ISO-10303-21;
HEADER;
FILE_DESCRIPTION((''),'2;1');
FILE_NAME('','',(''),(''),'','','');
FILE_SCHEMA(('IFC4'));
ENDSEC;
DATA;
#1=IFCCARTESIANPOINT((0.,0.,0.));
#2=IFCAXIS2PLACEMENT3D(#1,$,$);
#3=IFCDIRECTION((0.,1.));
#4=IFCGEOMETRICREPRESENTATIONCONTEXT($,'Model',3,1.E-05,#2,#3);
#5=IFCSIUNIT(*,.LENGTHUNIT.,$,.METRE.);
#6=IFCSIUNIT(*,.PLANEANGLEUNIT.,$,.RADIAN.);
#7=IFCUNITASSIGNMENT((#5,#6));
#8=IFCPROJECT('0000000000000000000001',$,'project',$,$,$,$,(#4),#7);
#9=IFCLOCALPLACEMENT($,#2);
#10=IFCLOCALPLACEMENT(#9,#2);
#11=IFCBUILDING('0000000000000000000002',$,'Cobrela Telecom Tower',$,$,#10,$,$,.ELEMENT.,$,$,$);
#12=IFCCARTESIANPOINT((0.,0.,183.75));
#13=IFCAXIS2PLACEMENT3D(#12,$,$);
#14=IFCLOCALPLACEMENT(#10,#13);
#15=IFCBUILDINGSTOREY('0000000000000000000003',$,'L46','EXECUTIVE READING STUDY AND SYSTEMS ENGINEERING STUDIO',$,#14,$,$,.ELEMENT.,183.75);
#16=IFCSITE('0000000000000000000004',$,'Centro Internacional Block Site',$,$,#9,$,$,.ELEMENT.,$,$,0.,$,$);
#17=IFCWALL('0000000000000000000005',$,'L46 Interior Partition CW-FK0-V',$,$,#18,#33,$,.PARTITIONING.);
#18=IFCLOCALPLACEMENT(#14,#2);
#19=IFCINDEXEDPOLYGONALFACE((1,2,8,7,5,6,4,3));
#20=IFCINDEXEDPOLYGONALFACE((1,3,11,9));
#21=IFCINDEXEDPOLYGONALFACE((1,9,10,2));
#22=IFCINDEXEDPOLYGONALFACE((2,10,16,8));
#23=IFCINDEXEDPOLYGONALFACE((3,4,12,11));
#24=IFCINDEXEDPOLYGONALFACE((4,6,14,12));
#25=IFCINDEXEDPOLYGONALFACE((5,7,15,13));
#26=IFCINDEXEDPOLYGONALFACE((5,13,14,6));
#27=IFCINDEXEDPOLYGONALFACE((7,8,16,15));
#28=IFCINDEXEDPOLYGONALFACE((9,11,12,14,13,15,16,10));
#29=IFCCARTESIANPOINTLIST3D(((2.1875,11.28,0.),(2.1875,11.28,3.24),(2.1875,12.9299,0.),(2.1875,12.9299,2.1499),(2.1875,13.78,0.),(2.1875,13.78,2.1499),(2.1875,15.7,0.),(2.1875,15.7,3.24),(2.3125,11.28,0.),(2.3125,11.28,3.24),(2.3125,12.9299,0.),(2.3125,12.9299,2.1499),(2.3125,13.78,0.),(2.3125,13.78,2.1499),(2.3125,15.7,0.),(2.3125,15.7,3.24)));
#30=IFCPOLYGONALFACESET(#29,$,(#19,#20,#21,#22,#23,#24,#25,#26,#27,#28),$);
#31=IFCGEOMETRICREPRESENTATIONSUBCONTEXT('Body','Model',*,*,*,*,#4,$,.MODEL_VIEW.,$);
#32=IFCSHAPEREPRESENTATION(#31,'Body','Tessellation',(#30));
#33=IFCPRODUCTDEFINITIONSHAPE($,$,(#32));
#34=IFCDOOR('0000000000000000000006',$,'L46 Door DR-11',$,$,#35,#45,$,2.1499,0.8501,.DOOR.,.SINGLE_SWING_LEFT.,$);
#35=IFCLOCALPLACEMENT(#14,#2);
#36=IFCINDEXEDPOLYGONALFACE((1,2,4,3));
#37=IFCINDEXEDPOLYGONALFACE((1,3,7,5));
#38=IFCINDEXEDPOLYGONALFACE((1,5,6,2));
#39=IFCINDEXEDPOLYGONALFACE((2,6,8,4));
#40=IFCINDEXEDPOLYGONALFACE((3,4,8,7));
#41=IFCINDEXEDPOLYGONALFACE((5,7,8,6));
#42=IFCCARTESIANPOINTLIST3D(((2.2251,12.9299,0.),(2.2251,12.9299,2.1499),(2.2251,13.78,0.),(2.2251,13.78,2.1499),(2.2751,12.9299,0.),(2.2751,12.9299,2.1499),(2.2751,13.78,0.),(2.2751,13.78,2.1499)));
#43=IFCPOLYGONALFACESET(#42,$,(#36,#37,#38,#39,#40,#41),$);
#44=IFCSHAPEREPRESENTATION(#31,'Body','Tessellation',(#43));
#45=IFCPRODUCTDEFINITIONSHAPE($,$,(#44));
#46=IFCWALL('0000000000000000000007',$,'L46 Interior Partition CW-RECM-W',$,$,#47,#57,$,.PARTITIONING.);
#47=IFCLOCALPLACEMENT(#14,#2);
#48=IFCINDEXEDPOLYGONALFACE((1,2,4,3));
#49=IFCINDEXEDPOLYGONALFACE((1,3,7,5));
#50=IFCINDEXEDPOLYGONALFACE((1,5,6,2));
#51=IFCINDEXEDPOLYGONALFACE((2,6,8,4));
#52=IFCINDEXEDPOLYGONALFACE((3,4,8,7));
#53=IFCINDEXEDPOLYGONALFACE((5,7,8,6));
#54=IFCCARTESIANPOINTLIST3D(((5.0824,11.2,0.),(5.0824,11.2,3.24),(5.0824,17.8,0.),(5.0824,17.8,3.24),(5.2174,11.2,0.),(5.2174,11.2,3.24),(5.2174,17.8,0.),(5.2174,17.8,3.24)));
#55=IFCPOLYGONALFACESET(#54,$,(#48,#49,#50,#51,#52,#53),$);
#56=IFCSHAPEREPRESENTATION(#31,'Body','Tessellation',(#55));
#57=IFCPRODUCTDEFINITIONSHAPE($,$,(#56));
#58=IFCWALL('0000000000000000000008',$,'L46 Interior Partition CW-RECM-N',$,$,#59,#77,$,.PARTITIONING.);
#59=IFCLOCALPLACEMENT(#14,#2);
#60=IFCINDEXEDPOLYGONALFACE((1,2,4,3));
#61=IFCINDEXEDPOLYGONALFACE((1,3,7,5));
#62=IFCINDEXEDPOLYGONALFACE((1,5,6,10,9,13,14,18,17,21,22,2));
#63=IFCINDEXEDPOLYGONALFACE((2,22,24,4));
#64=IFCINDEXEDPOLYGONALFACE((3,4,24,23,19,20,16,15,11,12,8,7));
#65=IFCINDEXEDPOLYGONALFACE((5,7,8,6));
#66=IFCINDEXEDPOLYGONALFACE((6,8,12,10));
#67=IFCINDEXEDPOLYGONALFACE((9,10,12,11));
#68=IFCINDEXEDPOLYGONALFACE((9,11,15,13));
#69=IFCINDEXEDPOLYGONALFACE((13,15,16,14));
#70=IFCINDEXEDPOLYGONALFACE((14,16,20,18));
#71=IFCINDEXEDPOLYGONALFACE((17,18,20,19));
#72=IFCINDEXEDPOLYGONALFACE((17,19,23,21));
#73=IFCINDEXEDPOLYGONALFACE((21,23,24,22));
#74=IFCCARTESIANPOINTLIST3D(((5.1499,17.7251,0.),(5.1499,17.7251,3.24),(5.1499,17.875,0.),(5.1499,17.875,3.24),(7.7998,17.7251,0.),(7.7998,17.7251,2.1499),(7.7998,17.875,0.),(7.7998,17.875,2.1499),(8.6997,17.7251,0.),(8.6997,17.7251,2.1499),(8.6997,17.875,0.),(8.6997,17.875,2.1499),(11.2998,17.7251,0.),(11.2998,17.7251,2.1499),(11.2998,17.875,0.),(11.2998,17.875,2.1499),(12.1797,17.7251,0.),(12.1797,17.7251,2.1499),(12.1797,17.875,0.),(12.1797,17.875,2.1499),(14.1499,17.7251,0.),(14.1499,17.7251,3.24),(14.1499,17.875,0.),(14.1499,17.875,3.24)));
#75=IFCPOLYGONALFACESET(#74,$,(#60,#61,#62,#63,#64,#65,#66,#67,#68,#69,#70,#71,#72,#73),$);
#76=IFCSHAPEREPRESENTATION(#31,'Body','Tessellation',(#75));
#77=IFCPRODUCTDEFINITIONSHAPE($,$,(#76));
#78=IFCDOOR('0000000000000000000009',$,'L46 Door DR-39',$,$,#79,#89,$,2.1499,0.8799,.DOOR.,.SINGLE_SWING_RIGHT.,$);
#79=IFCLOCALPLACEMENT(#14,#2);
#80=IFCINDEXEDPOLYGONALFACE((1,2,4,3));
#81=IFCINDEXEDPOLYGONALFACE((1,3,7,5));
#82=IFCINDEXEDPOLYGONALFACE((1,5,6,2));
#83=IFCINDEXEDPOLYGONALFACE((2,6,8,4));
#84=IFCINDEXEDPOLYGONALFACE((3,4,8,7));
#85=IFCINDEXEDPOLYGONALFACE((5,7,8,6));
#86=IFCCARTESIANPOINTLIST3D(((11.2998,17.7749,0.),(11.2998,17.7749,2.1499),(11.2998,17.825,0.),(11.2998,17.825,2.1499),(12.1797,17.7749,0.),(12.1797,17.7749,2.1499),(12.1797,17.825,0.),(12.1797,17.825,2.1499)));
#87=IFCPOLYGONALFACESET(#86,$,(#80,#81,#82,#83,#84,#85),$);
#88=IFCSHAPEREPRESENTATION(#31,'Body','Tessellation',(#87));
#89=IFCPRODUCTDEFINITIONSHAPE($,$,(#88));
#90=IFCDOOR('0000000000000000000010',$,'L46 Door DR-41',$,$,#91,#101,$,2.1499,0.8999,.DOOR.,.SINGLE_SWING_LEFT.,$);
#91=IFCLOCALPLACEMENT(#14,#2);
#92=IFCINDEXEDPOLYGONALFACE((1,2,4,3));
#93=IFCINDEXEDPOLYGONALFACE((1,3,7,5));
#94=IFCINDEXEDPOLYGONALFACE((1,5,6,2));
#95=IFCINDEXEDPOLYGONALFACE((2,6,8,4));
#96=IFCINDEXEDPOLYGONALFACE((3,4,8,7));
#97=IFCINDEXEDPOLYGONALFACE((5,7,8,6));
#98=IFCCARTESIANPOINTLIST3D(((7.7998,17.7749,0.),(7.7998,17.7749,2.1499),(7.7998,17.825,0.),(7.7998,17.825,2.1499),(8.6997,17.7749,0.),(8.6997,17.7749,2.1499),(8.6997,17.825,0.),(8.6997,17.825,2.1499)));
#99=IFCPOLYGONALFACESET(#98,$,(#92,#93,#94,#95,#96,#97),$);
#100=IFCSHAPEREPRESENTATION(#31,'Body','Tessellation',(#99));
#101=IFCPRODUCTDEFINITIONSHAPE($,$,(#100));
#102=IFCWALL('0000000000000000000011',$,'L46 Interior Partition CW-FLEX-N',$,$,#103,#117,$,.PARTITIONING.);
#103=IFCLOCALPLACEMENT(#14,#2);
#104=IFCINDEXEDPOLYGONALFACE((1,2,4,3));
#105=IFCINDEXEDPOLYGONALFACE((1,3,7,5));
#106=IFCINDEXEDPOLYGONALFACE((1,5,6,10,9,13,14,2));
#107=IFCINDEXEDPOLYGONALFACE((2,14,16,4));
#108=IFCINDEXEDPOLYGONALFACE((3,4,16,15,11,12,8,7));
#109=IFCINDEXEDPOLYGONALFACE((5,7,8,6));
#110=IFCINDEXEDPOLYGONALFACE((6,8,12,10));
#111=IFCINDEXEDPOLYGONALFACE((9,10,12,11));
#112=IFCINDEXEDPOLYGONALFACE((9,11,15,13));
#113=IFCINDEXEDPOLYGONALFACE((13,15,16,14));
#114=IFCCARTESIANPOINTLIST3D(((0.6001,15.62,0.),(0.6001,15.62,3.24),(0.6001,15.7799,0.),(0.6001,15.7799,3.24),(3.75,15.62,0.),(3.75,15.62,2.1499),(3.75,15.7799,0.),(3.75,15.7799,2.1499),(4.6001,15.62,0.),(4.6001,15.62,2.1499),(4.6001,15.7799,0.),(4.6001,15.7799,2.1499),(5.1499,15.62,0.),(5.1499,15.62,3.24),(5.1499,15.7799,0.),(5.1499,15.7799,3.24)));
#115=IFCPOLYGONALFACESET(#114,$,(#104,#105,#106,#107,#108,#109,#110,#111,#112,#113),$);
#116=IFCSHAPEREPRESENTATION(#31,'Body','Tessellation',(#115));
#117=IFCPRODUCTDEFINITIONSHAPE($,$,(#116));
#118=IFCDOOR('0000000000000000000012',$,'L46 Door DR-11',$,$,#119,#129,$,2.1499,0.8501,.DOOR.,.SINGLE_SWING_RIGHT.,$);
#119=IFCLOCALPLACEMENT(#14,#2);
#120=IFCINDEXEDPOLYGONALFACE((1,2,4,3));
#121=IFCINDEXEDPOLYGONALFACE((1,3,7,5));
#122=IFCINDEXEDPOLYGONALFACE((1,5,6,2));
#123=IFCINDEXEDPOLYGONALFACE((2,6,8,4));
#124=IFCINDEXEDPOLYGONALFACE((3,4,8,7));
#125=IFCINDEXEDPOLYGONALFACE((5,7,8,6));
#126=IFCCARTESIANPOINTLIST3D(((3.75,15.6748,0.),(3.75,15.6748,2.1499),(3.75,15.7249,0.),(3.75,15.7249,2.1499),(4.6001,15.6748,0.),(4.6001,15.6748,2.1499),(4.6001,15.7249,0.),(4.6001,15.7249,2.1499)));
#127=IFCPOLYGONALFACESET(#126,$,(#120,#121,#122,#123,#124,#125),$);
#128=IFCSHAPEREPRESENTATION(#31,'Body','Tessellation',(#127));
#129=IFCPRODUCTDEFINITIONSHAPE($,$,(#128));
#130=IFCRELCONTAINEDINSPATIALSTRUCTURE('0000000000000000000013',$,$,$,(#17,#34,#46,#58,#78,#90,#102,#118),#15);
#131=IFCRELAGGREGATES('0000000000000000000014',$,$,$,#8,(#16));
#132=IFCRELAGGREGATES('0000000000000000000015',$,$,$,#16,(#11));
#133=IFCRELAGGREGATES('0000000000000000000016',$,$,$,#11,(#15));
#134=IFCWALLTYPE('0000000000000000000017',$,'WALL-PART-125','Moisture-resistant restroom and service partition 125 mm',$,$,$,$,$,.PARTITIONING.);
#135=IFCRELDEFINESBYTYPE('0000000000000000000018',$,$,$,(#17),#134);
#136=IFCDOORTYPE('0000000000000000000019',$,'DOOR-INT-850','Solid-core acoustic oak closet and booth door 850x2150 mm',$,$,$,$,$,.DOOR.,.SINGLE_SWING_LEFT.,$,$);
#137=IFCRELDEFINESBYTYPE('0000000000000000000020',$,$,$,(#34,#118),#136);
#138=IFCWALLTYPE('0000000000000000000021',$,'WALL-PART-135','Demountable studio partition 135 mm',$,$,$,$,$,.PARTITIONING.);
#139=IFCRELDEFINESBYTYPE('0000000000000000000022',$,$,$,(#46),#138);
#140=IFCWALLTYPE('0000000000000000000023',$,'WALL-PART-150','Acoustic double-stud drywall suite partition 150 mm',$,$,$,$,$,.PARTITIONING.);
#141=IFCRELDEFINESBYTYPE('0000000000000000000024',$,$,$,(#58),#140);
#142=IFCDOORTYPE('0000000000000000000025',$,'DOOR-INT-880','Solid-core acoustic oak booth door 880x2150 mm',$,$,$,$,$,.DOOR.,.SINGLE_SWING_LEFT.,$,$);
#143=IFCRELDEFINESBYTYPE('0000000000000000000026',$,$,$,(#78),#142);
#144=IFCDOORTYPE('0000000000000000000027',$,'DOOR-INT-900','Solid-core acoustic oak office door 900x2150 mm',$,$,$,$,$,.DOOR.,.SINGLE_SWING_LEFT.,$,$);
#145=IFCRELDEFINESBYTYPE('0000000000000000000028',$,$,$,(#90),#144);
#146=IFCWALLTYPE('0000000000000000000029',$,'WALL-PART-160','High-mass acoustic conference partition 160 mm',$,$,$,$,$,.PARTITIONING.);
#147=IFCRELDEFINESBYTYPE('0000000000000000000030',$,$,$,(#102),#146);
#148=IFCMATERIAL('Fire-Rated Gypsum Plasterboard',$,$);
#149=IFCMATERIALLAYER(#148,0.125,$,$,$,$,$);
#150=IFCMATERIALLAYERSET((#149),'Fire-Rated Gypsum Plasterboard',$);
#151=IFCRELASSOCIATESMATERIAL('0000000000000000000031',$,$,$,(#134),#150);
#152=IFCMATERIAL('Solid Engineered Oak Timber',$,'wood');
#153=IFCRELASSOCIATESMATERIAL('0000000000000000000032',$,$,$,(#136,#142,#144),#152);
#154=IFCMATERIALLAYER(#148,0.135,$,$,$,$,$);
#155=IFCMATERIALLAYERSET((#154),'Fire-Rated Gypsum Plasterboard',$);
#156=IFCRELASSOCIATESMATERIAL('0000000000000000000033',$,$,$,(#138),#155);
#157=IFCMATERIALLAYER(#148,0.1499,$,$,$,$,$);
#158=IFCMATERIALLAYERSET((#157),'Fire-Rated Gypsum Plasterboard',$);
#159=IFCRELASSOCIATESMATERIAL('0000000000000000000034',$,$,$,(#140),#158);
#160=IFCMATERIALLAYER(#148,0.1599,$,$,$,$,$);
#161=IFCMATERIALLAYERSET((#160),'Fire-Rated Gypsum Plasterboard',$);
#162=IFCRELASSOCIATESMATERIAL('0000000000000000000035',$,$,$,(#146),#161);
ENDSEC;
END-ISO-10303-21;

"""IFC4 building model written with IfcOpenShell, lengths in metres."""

from ifc_helpers import new_model, si_unit, direction, frame, frame_2d, origin, place, context, subcontext, project, spatial, rectangle, extrude, material, layer, layer_set, type_object, element, fill, save


model = new_model("IFC4")

# Units and contexts
model_context = context("Model", 3, precision=1e-05, world=origin(), true_north=direction((0.0, 1.0)))
body_context = subcontext(model_context, "Body", "Model", "MODEL_VIEW")
ifc_project = project(units=[si_unit("LENGTHUNIT", "METRE"), si_unit("PLANEANGLEUNIT", "RADIAN")], contexts=[model_context])

# Site, building, storey
site_placement = place(None, origin())
site = spatial("IfcSite", under=ifc_project, at=site_placement, Name="Centro Internacional Block Site", CompositionType="ELEMENT", RefElevation=0.0)
building_placement = place(site_placement, origin())
building = spatial("IfcBuilding", under=site, at=building_placement, Name="Cobrela Telecom Tower", CompositionType="ELEMENT")
storey_placement = place(building_placement, frame((0.0, 0.0, 183.75)))
storey = spatial("IfcBuildingStorey", under=building, at=storey_placement, Name="L46", Description="EXECUTIVE READING STUDY AND SYSTEMS ENGINEERING STUDIO", CompositionType="ELEMENT", Elevation=183.75)

# Wall, opening, door
ifc_material_1 = material(Name="Fire-Rated Gypsum Plasterboard")
ifc_layer_1 = layer(ifc_material_1, 0.125)
ifc_layer_set_1 = layer_set([ifc_layer_1], Name="Fire-Rated Gypsum Plasterboard")
wall_type_1 = type_object("IfcWallType", Name="WALL-PART-125", Description="Moisture-resistant restroom and service partition 125 mm", PredefinedType="PARTITIONING", material=ifc_layer_set_1)
wall_1_placement = place(storey_placement, frame((2.25, 11.28, 0.0), z_axis=(0.0, 0.0, 1.0), x_axis=(0.0, 1.0, 0.0)))
wall_1 = element("IfcWall", 1, at=wall_1_placement, inside=storey, type_object=wall_type_1, Name="L46 Interior Partition CW-FK0-V", PredefinedType="PARTITIONING", context=body_context, shape_type="SweptSolid", body=[
    extrude(rectangle(XDim=4.4199, YDim=0.125, at=frame_2d((2.21, 0.0))), origin(), (0.0, 0.0, 1.0), 3.24),
])
opening_1_placement = place(wall_1_placement, frame((1.6499, 0.0, 0.0)))
opening_1 = element("IfcOpeningElement", 2, at=opening_1_placement, cuts=wall_1, PredefinedType="OPENING", context=body_context, shape_type="SweptSolid", body=[
    extrude(rectangle(XDim=0.8501, YDim=2.1499, at=frame_2d((0.425, 1.075))), frame((0.0, 0.0745, 0.0), z_axis=(0.0, -1.0, 0.0), x_axis=(1.0, 0.0, 0.0)), (0.0, 0.0, 1.0), 0.1489),
])
ifc_material_2 = material(Name="Solid Engineered Oak Timber", Category="wood")
door_type_1 = type_object("IfcDoorType", Name="DOOR-INT-850", Description="Solid-core acoustic oak closet and booth door 850x2150 mm", OperationType="SINGLE_SWING_LEFT", PredefinedType="DOOR", material=ifc_material_2)
door_1_placement = place(opening_1_placement, origin())
door_1 = element("IfcDoor", 3, at=door_1_placement, inside=storey, type_object=door_type_1, Name="L46 Door DR-11", OperationType="SINGLE_SWING_LEFT", OverallHeight=2.1499, OverallWidth=0.8501, PredefinedType="DOOR", context=body_context, shape_type="SweptSolid", body=[
    extrude(rectangle(XDim=0.8501, YDim=2.1499, at=frame_2d((0.425, 1.075))), frame((0.0, 0.0249, 0.0), z_axis=(0.0, -1.0, 0.0), x_axis=(1.0, 0.0, 0.0)), (0.0, 0.0, 1.0), 0.05),
])
fill(opening_1, door_1)

# Wall
ifc_layer_2 = layer(ifc_material_1, 0.135)
ifc_layer_set_2 = layer_set([ifc_layer_2], Name="Fire-Rated Gypsum Plasterboard")
wall_type_2 = type_object("IfcWallType", Name="WALL-PART-135", Description="Demountable studio partition 135 mm", PredefinedType="PARTITIONING", material=ifc_layer_set_2)
wall_2_placement = place(storey_placement, frame((5.1499, 11.2, 0.0), z_axis=(0.0, 0.0, 1.0), x_axis=(0.0, 1.0, 0.0)))
element("IfcWall", 4, at=wall_2_placement, inside=storey, type_object=wall_type_2, Name="L46 Interior Partition CW-RECM-W", PredefinedType="PARTITIONING", context=body_context, shape_type="SweptSolid", body=[
    extrude(rectangle(XDim=6.6001, YDim=0.135, at=frame_2d((3.3, 0.0))), origin(), (0.0, 0.0, 1.0), 3.24),
])

# Wall, openings, doors
ifc_layer_3 = layer(ifc_material_1, 0.1499)
ifc_layer_set_3 = layer_set([ifc_layer_3], Name="Fire-Rated Gypsum Plasterboard")
wall_type_3 = type_object("IfcWallType", Name="WALL-PART-150", Description="Acoustic double-stud drywall suite partition 150 mm", PredefinedType="PARTITIONING", material=ifc_layer_set_3)
wall_3_placement = place(storey_placement, frame((5.1499, 17.8, 0.0), z_axis=(0.0, 0.0, 1.0), x_axis=(1.0, 0.0, 0.0)))
wall_3 = element("IfcWall", 5, at=wall_3_placement, inside=storey, type_object=wall_type_3, Name="L46 Interior Partition CW-RECM-N", PredefinedType="PARTITIONING", context=body_context, shape_type="SweptSolid", body=[
    extrude(rectangle(XDim=9.0, YDim=0.1499, at=frame_2d((4.5, 0.0))), origin(), (0.0, 0.0, 1.0), 3.24),
])
opening_2_placement = place(wall_3_placement, frame((2.6499, 0.0, 0.0)))
opening_2 = element("IfcOpeningElement", 6, at=opening_2_placement, cuts=wall_3, PredefinedType="OPENING", context=body_context, shape_type="SweptSolid", body=[
    extrude(rectangle(XDim=0.8999, YDim=2.1499, at=frame_2d((0.45, 1.075))), frame((0.0, 0.0869, 0.0), z_axis=(0.0, -1.0, 0.0), x_axis=(1.0, 0.0, 0.0)), (0.0, 0.0, 1.0), 0.1738),
])
opening_3_placement = place(wall_3_placement, frame((6.1499, 0.0, 0.0)))
opening_3 = element("IfcOpeningElement", 7, at=opening_3_placement, cuts=wall_3, PredefinedType="OPENING", context=body_context, shape_type="SweptSolid", body=[
    extrude(rectangle(XDim=0.8799, YDim=2.1499, at=frame_2d((0.4399, 1.075))), frame((0.0, 0.0869, 0.0), z_axis=(0.0, -1.0, 0.0), x_axis=(1.0, 0.0, 0.0)), (0.0, 0.0, 1.0), 0.1738),
])
door_type_2 = type_object("IfcDoorType", Name="DOOR-INT-880", Description="Solid-core acoustic oak booth door 880x2150 mm", OperationType="SINGLE_SWING_LEFT", PredefinedType="DOOR", material=ifc_material_2)
door_2_placement = place(opening_3_placement, origin())
door_2 = element("IfcDoor", 8, at=door_2_placement, inside=storey, type_object=door_type_2, Name="L46 Door DR-39", OperationType="SINGLE_SWING_RIGHT", OverallHeight=2.1499, OverallWidth=0.8799, PredefinedType="DOOR", context=body_context, shape_type="SweptSolid", body=[
    extrude(rectangle(XDim=0.8799, YDim=2.1499, at=frame_2d((0.4399, 1.075))), frame((0.0, 0.0249, 0.0), z_axis=(0.0, -1.0, 0.0), x_axis=(1.0, 0.0, 0.0)), (0.0, 0.0, 1.0), 0.05),
])
fill(opening_3, door_2)
door_type_3 = type_object("IfcDoorType", Name="DOOR-INT-900", Description="Solid-core acoustic oak office door 900x2150 mm", OperationType="SINGLE_SWING_LEFT", PredefinedType="DOOR", material=ifc_material_2)
door_3_placement = place(opening_2_placement, origin())
door_3 = element("IfcDoor", 9, at=door_3_placement, inside=storey, type_object=door_type_3, Name="L46 Door DR-41", OperationType="SINGLE_SWING_LEFT", OverallHeight=2.1499, OverallWidth=0.8999, PredefinedType="DOOR", context=body_context, shape_type="SweptSolid", body=[
    extrude(rectangle(XDim=0.8999, YDim=2.1499, at=frame_2d((0.45, 1.075))), frame((0.0, 0.0249, 0.0), z_axis=(0.0, -1.0, 0.0), x_axis=(1.0, 0.0, 0.0)), (0.0, 0.0, 1.0), 0.05),
])
fill(opening_2, door_3)

# Wall, opening, door
ifc_layer_4 = layer(ifc_material_1, 0.1599)
ifc_layer_set_4 = layer_set([ifc_layer_4], Name="Fire-Rated Gypsum Plasterboard")
wall_type_4 = type_object("IfcWallType", Name="WALL-PART-160", Description="High-mass acoustic conference partition 160 mm", PredefinedType="PARTITIONING", material=ifc_layer_set_4)
wall_4_placement = place(storey_placement, frame((0.6001, 15.7, 0.0), z_axis=(0.0, 0.0, 1.0), x_axis=(1.0, 0.0, 0.0)))
wall_4 = element("IfcWall", 10, at=wall_4_placement, inside=storey, type_object=wall_type_4, Name="L46 Interior Partition CW-FLEX-N", PredefinedType="PARTITIONING", context=body_context, shape_type="SweptSolid", body=[
    extrude(rectangle(XDim=4.5498, YDim=0.1599, at=frame_2d((2.2749, 0.0))), origin(), (0.0, 0.0, 1.0), 3.24),
])
opening_4_placement = place(wall_4_placement, frame((3.1499, 0.0, 0.0)))
opening_4 = element("IfcOpeningElement", 11, at=opening_4_placement, cuts=wall_4, PredefinedType="OPENING", context=body_context, shape_type="SweptSolid", body=[
    extrude(rectangle(XDim=0.8501, YDim=2.1499, at=frame_2d((0.425, 1.075))), frame((0.0, 0.0918, 0.0), z_axis=(0.0, -1.0, 0.0), x_axis=(1.0, 0.0, 0.0)), (0.0, 0.0, 1.0), 0.1838),
])
door_4_placement = place(opening_4_placement, origin())
door_4 = element("IfcDoor", 12, at=door_4_placement, inside=storey, type_object=door_type_1, Name="L46 Door DR-11", OperationType="SINGLE_SWING_RIGHT", OverallHeight=2.1499, OverallWidth=0.8501, PredefinedType="DOOR", context=body_context, shape_type="SweptSolid", body=[
    extrude(rectangle(XDim=0.8501, YDim=2.1499, at=frame_2d((0.425, 1.075))), frame((0.0, 0.0249, 0.0), z_axis=(0.0, -1.0, 0.0), x_axis=(1.0, 0.0, 0.0)), (0.0, 0.0, 1.0), 0.05),
])
fill(opening_4, door_4)

save(model, "model.ifc")
